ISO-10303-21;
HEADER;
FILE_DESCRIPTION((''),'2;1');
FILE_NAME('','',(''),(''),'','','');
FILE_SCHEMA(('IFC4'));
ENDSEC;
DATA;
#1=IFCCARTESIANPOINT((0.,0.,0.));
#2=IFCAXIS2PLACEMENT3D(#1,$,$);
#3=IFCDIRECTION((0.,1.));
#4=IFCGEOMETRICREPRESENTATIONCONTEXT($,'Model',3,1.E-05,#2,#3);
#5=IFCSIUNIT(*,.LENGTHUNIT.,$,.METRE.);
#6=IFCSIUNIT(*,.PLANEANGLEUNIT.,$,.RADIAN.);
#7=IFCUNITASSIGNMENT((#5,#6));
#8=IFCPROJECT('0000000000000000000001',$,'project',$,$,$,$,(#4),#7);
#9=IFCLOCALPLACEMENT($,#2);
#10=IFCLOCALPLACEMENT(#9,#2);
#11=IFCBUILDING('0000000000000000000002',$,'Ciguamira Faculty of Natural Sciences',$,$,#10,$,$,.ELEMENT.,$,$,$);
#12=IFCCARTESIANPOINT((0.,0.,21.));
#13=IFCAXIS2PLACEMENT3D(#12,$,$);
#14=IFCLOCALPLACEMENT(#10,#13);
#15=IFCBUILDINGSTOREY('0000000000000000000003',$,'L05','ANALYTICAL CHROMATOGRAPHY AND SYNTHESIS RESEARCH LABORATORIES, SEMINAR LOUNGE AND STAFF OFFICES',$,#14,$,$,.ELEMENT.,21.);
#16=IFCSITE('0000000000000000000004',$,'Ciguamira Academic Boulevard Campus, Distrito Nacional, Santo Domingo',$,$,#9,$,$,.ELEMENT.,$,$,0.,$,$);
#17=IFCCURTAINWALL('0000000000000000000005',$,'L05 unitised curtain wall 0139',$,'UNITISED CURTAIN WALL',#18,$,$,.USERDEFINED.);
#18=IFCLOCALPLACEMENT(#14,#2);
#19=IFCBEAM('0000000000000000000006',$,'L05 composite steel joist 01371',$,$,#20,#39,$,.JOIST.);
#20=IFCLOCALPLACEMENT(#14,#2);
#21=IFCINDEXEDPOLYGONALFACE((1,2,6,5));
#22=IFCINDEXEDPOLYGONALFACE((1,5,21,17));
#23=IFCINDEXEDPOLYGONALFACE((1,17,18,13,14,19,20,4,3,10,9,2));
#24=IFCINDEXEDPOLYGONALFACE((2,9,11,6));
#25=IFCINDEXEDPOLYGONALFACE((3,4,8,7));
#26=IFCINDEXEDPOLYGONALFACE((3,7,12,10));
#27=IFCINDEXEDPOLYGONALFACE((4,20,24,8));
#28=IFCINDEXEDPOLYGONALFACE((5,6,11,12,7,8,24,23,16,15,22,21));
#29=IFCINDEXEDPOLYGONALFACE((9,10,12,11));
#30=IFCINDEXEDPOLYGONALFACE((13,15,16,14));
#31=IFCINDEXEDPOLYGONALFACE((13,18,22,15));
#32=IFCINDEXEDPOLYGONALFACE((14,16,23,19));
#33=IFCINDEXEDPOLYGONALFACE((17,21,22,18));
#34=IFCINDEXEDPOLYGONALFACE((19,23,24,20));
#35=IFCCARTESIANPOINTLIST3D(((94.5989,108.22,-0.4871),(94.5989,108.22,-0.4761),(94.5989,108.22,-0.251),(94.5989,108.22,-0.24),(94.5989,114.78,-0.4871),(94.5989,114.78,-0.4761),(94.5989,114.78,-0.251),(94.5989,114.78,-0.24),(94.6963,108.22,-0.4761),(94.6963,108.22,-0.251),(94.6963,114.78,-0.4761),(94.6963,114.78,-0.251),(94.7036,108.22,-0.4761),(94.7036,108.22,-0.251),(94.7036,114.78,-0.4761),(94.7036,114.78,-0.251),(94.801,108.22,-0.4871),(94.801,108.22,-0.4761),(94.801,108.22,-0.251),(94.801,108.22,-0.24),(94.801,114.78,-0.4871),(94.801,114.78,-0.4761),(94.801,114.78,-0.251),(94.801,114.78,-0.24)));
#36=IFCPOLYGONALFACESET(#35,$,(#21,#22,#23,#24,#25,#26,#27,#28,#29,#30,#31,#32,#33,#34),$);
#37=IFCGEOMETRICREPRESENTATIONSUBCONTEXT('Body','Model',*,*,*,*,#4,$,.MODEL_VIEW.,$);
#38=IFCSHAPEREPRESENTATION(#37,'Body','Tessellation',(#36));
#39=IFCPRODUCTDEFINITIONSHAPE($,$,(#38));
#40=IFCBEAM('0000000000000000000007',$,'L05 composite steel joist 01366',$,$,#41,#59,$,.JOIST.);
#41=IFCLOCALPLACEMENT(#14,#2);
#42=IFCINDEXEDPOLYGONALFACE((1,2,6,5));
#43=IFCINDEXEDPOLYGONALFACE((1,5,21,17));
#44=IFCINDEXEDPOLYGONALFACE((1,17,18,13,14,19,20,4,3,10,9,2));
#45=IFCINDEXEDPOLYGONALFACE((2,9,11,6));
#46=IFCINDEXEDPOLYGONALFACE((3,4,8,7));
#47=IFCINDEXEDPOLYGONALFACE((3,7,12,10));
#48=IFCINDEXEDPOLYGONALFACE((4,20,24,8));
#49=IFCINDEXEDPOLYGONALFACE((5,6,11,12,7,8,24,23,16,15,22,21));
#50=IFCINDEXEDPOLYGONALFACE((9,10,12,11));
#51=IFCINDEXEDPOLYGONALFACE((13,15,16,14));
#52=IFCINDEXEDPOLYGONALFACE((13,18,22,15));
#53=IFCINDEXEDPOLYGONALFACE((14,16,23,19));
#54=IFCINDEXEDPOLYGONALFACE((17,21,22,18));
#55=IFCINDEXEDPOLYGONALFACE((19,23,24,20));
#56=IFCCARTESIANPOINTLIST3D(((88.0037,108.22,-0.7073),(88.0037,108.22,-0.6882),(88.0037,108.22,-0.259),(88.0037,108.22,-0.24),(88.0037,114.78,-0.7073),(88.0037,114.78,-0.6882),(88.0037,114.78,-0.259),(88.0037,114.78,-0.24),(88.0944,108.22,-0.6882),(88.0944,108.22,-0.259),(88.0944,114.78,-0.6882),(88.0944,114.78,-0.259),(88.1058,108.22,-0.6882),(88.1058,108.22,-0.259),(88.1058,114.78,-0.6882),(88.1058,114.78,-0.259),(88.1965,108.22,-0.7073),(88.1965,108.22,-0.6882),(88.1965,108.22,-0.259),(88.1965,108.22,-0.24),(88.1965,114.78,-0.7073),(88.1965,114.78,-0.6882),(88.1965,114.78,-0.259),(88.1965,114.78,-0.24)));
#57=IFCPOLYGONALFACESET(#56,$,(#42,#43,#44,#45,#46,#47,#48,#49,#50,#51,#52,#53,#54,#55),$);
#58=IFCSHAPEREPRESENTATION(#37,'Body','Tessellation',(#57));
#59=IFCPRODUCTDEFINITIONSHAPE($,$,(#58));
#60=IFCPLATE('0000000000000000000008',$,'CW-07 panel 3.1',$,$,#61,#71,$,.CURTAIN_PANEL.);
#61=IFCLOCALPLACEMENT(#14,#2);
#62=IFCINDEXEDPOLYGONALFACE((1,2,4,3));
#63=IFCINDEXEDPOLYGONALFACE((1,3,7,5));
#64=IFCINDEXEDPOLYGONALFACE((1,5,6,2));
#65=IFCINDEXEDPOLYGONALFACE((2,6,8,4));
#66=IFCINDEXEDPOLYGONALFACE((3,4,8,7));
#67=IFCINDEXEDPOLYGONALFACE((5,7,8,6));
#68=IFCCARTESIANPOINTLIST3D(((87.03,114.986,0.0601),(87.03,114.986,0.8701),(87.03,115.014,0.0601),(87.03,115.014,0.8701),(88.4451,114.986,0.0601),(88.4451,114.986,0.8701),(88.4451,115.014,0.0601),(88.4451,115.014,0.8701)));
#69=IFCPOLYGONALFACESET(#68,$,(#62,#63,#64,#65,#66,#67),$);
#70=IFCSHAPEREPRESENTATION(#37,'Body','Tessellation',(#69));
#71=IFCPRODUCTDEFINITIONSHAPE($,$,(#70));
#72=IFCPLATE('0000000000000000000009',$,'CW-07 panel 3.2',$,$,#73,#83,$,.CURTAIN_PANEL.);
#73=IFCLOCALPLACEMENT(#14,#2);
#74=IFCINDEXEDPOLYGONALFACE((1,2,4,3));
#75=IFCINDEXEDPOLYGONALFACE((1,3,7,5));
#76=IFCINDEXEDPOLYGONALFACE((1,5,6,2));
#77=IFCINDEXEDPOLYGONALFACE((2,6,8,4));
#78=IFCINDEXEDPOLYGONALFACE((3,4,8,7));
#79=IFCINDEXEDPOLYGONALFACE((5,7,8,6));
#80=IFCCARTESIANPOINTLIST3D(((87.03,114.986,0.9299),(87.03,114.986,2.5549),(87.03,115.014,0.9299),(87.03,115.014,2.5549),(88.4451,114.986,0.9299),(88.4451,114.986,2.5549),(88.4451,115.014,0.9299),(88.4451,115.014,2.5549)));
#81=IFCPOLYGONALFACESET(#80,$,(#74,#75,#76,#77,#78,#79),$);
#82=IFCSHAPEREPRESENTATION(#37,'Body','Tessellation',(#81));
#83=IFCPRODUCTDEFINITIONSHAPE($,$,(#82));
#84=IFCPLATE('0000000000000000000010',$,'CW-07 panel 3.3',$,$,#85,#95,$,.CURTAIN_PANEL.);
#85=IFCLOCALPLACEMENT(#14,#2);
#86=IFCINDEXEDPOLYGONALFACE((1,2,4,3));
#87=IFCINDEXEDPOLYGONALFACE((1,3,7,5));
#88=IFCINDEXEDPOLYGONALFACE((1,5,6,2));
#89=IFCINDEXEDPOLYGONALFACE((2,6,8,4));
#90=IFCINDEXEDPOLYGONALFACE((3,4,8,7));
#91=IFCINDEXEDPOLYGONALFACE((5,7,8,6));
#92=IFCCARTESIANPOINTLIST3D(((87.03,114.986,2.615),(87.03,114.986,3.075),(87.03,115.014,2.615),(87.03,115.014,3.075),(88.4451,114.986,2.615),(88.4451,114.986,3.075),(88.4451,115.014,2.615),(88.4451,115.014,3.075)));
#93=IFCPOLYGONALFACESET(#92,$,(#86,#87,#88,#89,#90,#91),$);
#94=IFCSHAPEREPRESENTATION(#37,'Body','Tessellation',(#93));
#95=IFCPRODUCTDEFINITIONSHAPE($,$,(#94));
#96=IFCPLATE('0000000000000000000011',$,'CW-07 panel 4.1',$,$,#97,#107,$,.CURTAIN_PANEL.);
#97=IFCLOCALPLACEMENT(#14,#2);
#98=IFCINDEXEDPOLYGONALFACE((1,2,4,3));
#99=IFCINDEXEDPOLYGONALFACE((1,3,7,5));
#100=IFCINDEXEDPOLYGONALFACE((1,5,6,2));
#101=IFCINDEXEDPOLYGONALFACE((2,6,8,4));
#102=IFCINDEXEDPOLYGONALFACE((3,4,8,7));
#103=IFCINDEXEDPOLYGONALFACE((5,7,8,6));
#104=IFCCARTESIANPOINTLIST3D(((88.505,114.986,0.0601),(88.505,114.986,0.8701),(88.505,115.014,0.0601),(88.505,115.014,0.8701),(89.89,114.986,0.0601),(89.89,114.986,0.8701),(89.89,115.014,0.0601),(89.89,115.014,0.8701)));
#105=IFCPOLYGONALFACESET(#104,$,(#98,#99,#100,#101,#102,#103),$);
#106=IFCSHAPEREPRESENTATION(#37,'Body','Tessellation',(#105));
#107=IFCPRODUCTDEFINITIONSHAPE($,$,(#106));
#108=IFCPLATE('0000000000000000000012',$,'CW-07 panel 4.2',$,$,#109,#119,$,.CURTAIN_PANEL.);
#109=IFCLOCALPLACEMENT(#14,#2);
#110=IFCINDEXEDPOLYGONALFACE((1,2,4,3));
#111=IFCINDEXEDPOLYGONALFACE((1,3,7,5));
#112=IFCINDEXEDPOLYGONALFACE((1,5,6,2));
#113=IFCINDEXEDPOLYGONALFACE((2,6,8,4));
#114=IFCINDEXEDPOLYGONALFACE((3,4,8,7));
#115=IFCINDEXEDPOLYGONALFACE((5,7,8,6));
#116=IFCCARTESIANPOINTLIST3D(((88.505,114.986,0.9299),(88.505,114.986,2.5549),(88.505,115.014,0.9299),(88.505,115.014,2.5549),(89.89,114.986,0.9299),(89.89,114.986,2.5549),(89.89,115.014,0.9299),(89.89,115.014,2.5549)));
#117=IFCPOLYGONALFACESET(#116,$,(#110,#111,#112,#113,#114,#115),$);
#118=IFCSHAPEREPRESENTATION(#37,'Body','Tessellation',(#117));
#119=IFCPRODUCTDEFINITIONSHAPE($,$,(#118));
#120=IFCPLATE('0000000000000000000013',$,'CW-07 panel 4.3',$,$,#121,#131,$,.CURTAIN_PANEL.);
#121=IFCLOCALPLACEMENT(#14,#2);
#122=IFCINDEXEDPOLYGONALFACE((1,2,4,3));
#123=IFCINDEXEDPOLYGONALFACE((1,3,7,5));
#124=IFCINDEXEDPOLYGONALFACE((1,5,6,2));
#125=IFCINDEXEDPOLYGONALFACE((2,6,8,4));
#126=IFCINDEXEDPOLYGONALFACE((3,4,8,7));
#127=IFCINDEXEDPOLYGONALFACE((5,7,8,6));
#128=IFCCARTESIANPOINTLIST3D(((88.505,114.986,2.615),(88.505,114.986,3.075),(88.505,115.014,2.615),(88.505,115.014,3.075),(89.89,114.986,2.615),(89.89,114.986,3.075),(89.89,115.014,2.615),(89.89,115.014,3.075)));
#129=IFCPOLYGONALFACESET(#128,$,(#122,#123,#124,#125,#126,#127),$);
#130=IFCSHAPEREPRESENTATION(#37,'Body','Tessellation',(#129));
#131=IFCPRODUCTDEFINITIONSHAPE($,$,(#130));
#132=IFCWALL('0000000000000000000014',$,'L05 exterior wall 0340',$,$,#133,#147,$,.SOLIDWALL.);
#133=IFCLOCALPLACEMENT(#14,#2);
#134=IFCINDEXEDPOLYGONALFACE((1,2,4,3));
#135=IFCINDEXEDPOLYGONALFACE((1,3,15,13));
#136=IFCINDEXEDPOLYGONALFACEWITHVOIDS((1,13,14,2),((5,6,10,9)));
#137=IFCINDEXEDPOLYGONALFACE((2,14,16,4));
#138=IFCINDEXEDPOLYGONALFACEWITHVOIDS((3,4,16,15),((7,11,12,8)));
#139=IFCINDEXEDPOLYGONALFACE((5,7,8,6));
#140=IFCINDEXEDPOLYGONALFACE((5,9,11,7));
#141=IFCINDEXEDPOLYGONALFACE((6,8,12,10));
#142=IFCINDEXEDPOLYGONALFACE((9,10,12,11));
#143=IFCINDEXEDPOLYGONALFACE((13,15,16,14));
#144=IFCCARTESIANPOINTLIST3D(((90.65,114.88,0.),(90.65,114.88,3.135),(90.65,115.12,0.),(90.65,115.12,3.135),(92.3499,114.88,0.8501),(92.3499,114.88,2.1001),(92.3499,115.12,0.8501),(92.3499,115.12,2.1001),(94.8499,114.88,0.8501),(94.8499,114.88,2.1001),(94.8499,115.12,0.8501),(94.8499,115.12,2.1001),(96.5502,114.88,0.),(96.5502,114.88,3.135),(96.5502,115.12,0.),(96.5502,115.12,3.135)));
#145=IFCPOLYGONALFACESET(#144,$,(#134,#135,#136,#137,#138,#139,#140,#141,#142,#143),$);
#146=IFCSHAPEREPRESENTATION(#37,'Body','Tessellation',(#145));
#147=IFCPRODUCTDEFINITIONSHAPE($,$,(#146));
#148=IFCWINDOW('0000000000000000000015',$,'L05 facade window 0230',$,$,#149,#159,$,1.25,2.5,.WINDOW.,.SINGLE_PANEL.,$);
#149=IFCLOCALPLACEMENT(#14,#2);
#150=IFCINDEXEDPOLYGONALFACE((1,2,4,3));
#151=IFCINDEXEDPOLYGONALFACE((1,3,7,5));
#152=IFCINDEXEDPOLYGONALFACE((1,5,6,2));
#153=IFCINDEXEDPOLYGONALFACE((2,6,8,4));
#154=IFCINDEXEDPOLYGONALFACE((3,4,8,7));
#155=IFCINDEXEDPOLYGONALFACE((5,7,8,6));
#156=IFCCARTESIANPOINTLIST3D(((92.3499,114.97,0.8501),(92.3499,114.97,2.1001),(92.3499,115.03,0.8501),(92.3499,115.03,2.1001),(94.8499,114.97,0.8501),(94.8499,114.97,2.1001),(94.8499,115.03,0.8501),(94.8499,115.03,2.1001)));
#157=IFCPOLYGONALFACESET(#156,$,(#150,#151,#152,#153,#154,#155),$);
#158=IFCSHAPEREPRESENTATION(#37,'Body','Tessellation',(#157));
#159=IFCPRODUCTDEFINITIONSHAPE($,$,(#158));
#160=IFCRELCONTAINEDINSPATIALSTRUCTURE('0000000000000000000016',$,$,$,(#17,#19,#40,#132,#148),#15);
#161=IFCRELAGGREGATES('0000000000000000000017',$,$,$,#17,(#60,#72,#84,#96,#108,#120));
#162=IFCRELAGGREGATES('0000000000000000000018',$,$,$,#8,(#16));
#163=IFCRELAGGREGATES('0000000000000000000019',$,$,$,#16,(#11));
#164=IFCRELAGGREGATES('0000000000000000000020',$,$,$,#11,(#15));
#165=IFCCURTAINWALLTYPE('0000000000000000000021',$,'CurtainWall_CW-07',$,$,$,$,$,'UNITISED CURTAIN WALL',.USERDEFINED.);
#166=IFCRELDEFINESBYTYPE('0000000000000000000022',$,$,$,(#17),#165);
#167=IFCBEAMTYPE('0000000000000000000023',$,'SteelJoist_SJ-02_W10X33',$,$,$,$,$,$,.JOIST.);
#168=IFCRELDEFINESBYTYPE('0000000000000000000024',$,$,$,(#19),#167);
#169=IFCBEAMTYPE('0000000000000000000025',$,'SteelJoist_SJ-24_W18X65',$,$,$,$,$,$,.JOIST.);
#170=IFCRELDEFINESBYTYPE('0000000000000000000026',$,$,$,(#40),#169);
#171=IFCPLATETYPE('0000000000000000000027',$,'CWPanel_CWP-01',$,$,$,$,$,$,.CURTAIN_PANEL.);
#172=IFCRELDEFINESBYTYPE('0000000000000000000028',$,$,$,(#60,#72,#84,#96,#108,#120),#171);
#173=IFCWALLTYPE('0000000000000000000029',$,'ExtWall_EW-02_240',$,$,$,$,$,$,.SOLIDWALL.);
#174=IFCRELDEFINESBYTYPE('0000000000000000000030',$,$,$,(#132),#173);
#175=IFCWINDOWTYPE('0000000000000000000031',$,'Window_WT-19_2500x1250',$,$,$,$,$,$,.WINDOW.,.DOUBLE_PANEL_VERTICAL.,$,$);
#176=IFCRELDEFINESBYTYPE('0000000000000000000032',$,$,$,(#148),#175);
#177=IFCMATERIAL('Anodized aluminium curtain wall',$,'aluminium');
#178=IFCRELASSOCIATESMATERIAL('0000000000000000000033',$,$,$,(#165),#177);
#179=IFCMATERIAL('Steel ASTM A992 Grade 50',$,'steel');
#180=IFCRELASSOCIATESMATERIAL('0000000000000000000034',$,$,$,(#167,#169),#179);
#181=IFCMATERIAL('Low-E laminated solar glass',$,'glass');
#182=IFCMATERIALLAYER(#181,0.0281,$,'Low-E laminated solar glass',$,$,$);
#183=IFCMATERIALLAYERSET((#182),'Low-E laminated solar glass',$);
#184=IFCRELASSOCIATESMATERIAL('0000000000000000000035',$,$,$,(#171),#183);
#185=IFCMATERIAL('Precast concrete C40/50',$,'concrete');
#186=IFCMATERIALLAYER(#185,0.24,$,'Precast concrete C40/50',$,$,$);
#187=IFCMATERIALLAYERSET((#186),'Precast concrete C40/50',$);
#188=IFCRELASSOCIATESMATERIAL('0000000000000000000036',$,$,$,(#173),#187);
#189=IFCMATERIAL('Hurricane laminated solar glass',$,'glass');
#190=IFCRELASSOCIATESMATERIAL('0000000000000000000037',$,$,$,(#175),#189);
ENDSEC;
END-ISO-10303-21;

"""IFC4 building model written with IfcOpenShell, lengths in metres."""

from ifc_helpers import new_model, si_unit, direction, frame, frame_2d, origin, origin_2d, place, context, subcontext, project, spatial, rectangle, i_section, extrude, material, layer, layer_set, material_profile, profile_set, type_object, element, fill, aggregate, save


model = new_model("IFC4")

# Units and contexts
model_context = context("Model", 3, precision=1e-05, world=origin(), true_north=direction((0.0, 1.0)))
body_context = subcontext(model_context, "Body", "Model", "MODEL_VIEW")
ifc_project = project(units=[si_unit("LENGTHUNIT", "METRE"), si_unit("PLANEANGLEUNIT", "RADIAN")], contexts=[model_context])

# Site, building, storey
site_placement = place(None, origin())
site = spatial("IfcSite", under=ifc_project, at=site_placement, Name="Ciguamira Academic Boulevard Campus, Distrito Nacional, Santo Domingo", CompositionType="ELEMENT", RefElevation=0.0)
building_placement = place(site_placement, origin())
building = spatial("IfcBuilding", under=site, at=building_placement, Name="Ciguamira Faculty of Natural Sciences", CompositionType="ELEMENT")
storey_placement = place(building_placement, frame((0.0, 0.0, 21.0)))
storey = spatial("IfcBuildingStorey", under=building, at=storey_placement, Name="L05", Description="ANALYTICAL CHROMATOGRAPHY AND SYNTHESIS RESEARCH LABORATORIES, SEMINAR LOUNGE AND STAFF OFFICES", CompositionType="ELEMENT", Elevation=21.0)

# Curtain wall
ifc_material_1 = material(Name="Anodized aluminium curtain wall", Category="aluminium")
curtain_wall_type = type_object("IfcCurtainWallType", Name="CurtainWall_CW-07", ElementType="UNITISED CURTAIN WALL", PredefinedType="USERDEFINED", material=ifc_material_1)
curtain_wall_placement = place(storey_placement, origin())
curtain_wall = element("IfcCurtainWall", 1, at=curtain_wall_placement, inside=storey, type_object=curtain_wall_type, Name="L05 unitised curtain wall 0139", ObjectType="UNITISED CURTAIN WALL", PredefinedType="USERDEFINED")

# Beams
ifc_material_2 = material(Name="Steel ASTM A992 Grade 50", Category="steel")
ifc_material_profile_1 = material_profile(ifc_material_2, i_section(OverallWidth=0.2021, OverallDepth=0.2471, WebThickness=0.0073, FlangeThickness=0.011, at=origin_2d()), Name="W10X33")
ifc_profile_set_1 = profile_set([ifc_material_profile_1], Name="Steel ASTM A992 Grade 50")
beam_type_1 = type_object("IfcBeamType", Name="SteelJoist_SJ-02_W10X33", PredefinedType="JOIST", material=ifc_profile_set_1)
beam_1_placement = place(storey_placement, frame((94.7, 108.22, -0.3635), z_axis=(0.0, 1.0, 0.0), x_axis=(-1.0, 0.0, 0.0)))
element("IfcBeam", 2, at=beam_1_placement, inside=storey, type_object=beam_type_1, Name="L05 composite steel joist 01371", PredefinedType="JOIST", context=body_context, shape_type="SweptSolid", body=[
    extrude(i_section(OverallWidth=0.2021, OverallDepth=0.2471, WebThickness=0.0073, FlangeThickness=0.011, at=origin_2d()), origin(), (0.0, 0.0, 1.0), 6.5601),
])
ifc_material_profile_2 = material_profile(ifc_material_2, i_section(OverallWidth=0.1929, OverallDepth=0.4673, WebThickness=0.0115, FlangeThickness=0.019, at=origin_2d()), Name="W18X65")
ifc_profile_set_2 = profile_set([ifc_material_profile_2], Name="Steel ASTM A992 Grade 50")
beam_type_2 = type_object("IfcBeamType", Name="SteelJoist_SJ-24_W18X65", PredefinedType="JOIST", material=ifc_profile_set_2)
beam_2_placement = place(storey_placement, frame((88.1001, 108.22, -0.4736), z_axis=(0.0, 1.0, 0.0), x_axis=(-1.0, 0.0, 0.0)))
element("IfcBeam", 3, at=beam_2_placement, inside=storey, type_object=beam_type_2, Name="L05 composite steel joist 01366", PredefinedType="JOIST", context=body_context, shape_type="SweptSolid", body=[
    extrude(i_section(OverallWidth=0.1929, OverallDepth=0.4673, WebThickness=0.0115, FlangeThickness=0.019, at=origin_2d()), origin(), (0.0, 0.0, 1.0), 6.5601),
])

# Plates
ifc_material_3 = material(Name="Low-E laminated solar glass", Category="glass")
ifc_layer_1 = layer(ifc_material_3, 0.0281, Name="Low-E laminated solar glass")
ifc_layer_set_1 = layer_set([ifc_layer_1], Name="Low-E laminated solar glass")
plate_type = type_object("IfcPlateType", Name="CWPanel_CWP-01", PredefinedType="CURTAIN_PANEL", material=ifc_layer_set_1)
plate_1_placement = place(storey_placement, frame((87.7375, 115.0, 0.0601), z_axis=(0.0, 0.0, 1.0), x_axis=(1.0, 0.0, 0.0)))
plate_1 = element("IfcPlate", 4, at=plate_1_placement, type_object=plate_type, Name="CW-07 panel 3.1", PredefinedType="CURTAIN_PANEL", context=body_context, shape_type="SweptSolid", body=[
    extrude(rectangle(XDim=1.415, YDim=0.0281, at=origin_2d()), origin(), (0.0, 0.0, 1.0), 0.8101),
])
plate_2_placement = place(storey_placement, frame((87.7375, 115.0, 0.9299), z_axis=(0.0, 0.0, 1.0), x_axis=(1.0, 0.0, 0.0)))
plate_2 = element("IfcPlate", 5, at=plate_2_placement, type_object=plate_type, Name="CW-07 panel 3.2", PredefinedType="CURTAIN_PANEL", context=body_context, shape_type="SweptSolid", body=[
    extrude(rectangle(XDim=1.415, YDim=0.0281, at=origin_2d()), origin(), (0.0, 0.0, 1.0), 1.625),
])
plate_3_placement = place(storey_placement, frame((87.7375, 115.0, 2.615), z_axis=(0.0, 0.0, 1.0), x_axis=(1.0, 0.0, 0.0)))
plate_3 = element("IfcPlate", 6, at=plate_3_placement, type_object=plate_type, Name="CW-07 panel 3.3", PredefinedType="CURTAIN_PANEL", context=body_context, shape_type="SweptSolid", body=[
    extrude(rectangle(XDim=1.415, YDim=0.0281, at=origin_2d()), origin(), (0.0, 0.0, 1.0), 0.46),
])
plate_4_placement = place(storey_placement, frame((89.1975, 115.0, 0.0601), z_axis=(0.0, 0.0, 1.0), x_axis=(1.0, 0.0, 0.0)))
plate_4 = element("IfcPlate", 7, at=plate_4_placement, type_object=plate_type, Name="CW-07 panel 4.1", PredefinedType="CURTAIN_PANEL", context=body_context, shape_type="SweptSolid", body=[
    extrude(rectangle(XDim=1.385, YDim=0.0281, at=origin_2d()), origin(), (0.0, 0.0, 1.0), 0.8101),
])
plate_5_placement = place(storey_placement, frame((89.1975, 115.0, 0.9299), z_axis=(0.0, 0.0, 1.0), x_axis=(1.0, 0.0, 0.0)))
plate_5 = element("IfcPlate", 8, at=plate_5_placement, type_object=plate_type, Name="CW-07 panel 4.2", PredefinedType="CURTAIN_PANEL", context=body_context, shape_type="SweptSolid", body=[
    extrude(rectangle(XDim=1.385, YDim=0.0281, at=origin_2d()), origin(), (0.0, 0.0, 1.0), 1.625),
])
plate_6_placement = place(storey_placement, frame((89.1975, 115.0, 2.615), z_axis=(0.0, 0.0, 1.0), x_axis=(1.0, 0.0, 0.0)))
plate_6 = element("IfcPlate", 9, at=plate_6_placement, type_object=plate_type, Name="CW-07 panel 4.3", PredefinedType="CURTAIN_PANEL", context=body_context, shape_type="SweptSolid", body=[
    extrude(rectangle(XDim=1.385, YDim=0.0281, at=origin_2d()), origin(), (0.0, 0.0, 1.0), 0.46),
])
aggregate(curtain_wall, [plate_1, plate_2, plate_3, plate_4, plate_5, plate_6])

# Wall, opening, window
ifc_material_4 = material(Name="Precast concrete C40/50", Category="concrete")
ifc_layer_2 = layer(ifc_material_4, 0.24, Name="Precast concrete C40/50")
ifc_layer_set_2 = layer_set([ifc_layer_2], Name="Precast concrete C40/50")
wall_type = type_object("IfcWallType", Name="ExtWall_EW-02_240", PredefinedType="SOLIDWALL", material=ifc_layer_set_2)
wall_placement = place(storey_placement, frame((90.6499, 115.0, 0.0), z_axis=(0.0, 0.0, 1.0), x_axis=(1.0, 0.0, 0.0)))
wall = element("IfcWall", 10, at=wall_placement, inside=storey, type_object=wall_type, Name="L05 exterior wall 0340", PredefinedType="SOLIDWALL", context=body_context, shape_type="SweptSolid", body=[
    extrude(rectangle(XDim=5.9001, YDim=0.24, at=frame_2d((2.9502, 0.0))), origin(), (0.0, 0.0, 1.0), 3.135),
])
opening_placement = place(wall_placement, frame((1.7, 0.0, 0.8501)))
opening = element("IfcOpeningElement", 11, at=opening_placement, cuts=wall, PredefinedType="OPENING", context=body_context, shape_type="SweptSolid", body=[
    extrude(rectangle(XDim=2.5, YDim=1.25, at=frame_2d((1.25, 0.625))), frame((0.0, 0.1299, 0.0), z_axis=(0.0, -1.0, 0.0), x_axis=(1.0, 0.0, 0.0)), (0.0, 0.0, 1.0), 0.26),
])
ifc_material_5 = material(Name="Hurricane laminated solar glass", Category="glass")
window_type = type_object("IfcWindowType", Name="Window_WT-19_2500x1250", PartitioningType="DOUBLE_PANEL_VERTICAL", PredefinedType="WINDOW", material=ifc_material_5)
window_placement = place(opening_placement, origin())
window = element("IfcWindow", 12, at=window_placement, inside=storey, type_object=window_type, Name="L05 facade window 0230", OverallHeight=1.25, OverallWidth=2.5, PartitioningType="SINGLE_PANEL", PredefinedType="WINDOW", context=body_context, shape_type="SweptSolid", body=[
    extrude(rectangle(XDim=2.5, YDim=1.25, at=frame_2d((1.25, 0.625))), frame((0.0, 0.03, 0.0), z_axis=(0.0, -1.0, 0.0), x_axis=(1.0, 0.0, 0.0)), (0.0, 0.0, 1.0), 0.0601),
])
fill(opening, window)

save(model, "model.ifc")
